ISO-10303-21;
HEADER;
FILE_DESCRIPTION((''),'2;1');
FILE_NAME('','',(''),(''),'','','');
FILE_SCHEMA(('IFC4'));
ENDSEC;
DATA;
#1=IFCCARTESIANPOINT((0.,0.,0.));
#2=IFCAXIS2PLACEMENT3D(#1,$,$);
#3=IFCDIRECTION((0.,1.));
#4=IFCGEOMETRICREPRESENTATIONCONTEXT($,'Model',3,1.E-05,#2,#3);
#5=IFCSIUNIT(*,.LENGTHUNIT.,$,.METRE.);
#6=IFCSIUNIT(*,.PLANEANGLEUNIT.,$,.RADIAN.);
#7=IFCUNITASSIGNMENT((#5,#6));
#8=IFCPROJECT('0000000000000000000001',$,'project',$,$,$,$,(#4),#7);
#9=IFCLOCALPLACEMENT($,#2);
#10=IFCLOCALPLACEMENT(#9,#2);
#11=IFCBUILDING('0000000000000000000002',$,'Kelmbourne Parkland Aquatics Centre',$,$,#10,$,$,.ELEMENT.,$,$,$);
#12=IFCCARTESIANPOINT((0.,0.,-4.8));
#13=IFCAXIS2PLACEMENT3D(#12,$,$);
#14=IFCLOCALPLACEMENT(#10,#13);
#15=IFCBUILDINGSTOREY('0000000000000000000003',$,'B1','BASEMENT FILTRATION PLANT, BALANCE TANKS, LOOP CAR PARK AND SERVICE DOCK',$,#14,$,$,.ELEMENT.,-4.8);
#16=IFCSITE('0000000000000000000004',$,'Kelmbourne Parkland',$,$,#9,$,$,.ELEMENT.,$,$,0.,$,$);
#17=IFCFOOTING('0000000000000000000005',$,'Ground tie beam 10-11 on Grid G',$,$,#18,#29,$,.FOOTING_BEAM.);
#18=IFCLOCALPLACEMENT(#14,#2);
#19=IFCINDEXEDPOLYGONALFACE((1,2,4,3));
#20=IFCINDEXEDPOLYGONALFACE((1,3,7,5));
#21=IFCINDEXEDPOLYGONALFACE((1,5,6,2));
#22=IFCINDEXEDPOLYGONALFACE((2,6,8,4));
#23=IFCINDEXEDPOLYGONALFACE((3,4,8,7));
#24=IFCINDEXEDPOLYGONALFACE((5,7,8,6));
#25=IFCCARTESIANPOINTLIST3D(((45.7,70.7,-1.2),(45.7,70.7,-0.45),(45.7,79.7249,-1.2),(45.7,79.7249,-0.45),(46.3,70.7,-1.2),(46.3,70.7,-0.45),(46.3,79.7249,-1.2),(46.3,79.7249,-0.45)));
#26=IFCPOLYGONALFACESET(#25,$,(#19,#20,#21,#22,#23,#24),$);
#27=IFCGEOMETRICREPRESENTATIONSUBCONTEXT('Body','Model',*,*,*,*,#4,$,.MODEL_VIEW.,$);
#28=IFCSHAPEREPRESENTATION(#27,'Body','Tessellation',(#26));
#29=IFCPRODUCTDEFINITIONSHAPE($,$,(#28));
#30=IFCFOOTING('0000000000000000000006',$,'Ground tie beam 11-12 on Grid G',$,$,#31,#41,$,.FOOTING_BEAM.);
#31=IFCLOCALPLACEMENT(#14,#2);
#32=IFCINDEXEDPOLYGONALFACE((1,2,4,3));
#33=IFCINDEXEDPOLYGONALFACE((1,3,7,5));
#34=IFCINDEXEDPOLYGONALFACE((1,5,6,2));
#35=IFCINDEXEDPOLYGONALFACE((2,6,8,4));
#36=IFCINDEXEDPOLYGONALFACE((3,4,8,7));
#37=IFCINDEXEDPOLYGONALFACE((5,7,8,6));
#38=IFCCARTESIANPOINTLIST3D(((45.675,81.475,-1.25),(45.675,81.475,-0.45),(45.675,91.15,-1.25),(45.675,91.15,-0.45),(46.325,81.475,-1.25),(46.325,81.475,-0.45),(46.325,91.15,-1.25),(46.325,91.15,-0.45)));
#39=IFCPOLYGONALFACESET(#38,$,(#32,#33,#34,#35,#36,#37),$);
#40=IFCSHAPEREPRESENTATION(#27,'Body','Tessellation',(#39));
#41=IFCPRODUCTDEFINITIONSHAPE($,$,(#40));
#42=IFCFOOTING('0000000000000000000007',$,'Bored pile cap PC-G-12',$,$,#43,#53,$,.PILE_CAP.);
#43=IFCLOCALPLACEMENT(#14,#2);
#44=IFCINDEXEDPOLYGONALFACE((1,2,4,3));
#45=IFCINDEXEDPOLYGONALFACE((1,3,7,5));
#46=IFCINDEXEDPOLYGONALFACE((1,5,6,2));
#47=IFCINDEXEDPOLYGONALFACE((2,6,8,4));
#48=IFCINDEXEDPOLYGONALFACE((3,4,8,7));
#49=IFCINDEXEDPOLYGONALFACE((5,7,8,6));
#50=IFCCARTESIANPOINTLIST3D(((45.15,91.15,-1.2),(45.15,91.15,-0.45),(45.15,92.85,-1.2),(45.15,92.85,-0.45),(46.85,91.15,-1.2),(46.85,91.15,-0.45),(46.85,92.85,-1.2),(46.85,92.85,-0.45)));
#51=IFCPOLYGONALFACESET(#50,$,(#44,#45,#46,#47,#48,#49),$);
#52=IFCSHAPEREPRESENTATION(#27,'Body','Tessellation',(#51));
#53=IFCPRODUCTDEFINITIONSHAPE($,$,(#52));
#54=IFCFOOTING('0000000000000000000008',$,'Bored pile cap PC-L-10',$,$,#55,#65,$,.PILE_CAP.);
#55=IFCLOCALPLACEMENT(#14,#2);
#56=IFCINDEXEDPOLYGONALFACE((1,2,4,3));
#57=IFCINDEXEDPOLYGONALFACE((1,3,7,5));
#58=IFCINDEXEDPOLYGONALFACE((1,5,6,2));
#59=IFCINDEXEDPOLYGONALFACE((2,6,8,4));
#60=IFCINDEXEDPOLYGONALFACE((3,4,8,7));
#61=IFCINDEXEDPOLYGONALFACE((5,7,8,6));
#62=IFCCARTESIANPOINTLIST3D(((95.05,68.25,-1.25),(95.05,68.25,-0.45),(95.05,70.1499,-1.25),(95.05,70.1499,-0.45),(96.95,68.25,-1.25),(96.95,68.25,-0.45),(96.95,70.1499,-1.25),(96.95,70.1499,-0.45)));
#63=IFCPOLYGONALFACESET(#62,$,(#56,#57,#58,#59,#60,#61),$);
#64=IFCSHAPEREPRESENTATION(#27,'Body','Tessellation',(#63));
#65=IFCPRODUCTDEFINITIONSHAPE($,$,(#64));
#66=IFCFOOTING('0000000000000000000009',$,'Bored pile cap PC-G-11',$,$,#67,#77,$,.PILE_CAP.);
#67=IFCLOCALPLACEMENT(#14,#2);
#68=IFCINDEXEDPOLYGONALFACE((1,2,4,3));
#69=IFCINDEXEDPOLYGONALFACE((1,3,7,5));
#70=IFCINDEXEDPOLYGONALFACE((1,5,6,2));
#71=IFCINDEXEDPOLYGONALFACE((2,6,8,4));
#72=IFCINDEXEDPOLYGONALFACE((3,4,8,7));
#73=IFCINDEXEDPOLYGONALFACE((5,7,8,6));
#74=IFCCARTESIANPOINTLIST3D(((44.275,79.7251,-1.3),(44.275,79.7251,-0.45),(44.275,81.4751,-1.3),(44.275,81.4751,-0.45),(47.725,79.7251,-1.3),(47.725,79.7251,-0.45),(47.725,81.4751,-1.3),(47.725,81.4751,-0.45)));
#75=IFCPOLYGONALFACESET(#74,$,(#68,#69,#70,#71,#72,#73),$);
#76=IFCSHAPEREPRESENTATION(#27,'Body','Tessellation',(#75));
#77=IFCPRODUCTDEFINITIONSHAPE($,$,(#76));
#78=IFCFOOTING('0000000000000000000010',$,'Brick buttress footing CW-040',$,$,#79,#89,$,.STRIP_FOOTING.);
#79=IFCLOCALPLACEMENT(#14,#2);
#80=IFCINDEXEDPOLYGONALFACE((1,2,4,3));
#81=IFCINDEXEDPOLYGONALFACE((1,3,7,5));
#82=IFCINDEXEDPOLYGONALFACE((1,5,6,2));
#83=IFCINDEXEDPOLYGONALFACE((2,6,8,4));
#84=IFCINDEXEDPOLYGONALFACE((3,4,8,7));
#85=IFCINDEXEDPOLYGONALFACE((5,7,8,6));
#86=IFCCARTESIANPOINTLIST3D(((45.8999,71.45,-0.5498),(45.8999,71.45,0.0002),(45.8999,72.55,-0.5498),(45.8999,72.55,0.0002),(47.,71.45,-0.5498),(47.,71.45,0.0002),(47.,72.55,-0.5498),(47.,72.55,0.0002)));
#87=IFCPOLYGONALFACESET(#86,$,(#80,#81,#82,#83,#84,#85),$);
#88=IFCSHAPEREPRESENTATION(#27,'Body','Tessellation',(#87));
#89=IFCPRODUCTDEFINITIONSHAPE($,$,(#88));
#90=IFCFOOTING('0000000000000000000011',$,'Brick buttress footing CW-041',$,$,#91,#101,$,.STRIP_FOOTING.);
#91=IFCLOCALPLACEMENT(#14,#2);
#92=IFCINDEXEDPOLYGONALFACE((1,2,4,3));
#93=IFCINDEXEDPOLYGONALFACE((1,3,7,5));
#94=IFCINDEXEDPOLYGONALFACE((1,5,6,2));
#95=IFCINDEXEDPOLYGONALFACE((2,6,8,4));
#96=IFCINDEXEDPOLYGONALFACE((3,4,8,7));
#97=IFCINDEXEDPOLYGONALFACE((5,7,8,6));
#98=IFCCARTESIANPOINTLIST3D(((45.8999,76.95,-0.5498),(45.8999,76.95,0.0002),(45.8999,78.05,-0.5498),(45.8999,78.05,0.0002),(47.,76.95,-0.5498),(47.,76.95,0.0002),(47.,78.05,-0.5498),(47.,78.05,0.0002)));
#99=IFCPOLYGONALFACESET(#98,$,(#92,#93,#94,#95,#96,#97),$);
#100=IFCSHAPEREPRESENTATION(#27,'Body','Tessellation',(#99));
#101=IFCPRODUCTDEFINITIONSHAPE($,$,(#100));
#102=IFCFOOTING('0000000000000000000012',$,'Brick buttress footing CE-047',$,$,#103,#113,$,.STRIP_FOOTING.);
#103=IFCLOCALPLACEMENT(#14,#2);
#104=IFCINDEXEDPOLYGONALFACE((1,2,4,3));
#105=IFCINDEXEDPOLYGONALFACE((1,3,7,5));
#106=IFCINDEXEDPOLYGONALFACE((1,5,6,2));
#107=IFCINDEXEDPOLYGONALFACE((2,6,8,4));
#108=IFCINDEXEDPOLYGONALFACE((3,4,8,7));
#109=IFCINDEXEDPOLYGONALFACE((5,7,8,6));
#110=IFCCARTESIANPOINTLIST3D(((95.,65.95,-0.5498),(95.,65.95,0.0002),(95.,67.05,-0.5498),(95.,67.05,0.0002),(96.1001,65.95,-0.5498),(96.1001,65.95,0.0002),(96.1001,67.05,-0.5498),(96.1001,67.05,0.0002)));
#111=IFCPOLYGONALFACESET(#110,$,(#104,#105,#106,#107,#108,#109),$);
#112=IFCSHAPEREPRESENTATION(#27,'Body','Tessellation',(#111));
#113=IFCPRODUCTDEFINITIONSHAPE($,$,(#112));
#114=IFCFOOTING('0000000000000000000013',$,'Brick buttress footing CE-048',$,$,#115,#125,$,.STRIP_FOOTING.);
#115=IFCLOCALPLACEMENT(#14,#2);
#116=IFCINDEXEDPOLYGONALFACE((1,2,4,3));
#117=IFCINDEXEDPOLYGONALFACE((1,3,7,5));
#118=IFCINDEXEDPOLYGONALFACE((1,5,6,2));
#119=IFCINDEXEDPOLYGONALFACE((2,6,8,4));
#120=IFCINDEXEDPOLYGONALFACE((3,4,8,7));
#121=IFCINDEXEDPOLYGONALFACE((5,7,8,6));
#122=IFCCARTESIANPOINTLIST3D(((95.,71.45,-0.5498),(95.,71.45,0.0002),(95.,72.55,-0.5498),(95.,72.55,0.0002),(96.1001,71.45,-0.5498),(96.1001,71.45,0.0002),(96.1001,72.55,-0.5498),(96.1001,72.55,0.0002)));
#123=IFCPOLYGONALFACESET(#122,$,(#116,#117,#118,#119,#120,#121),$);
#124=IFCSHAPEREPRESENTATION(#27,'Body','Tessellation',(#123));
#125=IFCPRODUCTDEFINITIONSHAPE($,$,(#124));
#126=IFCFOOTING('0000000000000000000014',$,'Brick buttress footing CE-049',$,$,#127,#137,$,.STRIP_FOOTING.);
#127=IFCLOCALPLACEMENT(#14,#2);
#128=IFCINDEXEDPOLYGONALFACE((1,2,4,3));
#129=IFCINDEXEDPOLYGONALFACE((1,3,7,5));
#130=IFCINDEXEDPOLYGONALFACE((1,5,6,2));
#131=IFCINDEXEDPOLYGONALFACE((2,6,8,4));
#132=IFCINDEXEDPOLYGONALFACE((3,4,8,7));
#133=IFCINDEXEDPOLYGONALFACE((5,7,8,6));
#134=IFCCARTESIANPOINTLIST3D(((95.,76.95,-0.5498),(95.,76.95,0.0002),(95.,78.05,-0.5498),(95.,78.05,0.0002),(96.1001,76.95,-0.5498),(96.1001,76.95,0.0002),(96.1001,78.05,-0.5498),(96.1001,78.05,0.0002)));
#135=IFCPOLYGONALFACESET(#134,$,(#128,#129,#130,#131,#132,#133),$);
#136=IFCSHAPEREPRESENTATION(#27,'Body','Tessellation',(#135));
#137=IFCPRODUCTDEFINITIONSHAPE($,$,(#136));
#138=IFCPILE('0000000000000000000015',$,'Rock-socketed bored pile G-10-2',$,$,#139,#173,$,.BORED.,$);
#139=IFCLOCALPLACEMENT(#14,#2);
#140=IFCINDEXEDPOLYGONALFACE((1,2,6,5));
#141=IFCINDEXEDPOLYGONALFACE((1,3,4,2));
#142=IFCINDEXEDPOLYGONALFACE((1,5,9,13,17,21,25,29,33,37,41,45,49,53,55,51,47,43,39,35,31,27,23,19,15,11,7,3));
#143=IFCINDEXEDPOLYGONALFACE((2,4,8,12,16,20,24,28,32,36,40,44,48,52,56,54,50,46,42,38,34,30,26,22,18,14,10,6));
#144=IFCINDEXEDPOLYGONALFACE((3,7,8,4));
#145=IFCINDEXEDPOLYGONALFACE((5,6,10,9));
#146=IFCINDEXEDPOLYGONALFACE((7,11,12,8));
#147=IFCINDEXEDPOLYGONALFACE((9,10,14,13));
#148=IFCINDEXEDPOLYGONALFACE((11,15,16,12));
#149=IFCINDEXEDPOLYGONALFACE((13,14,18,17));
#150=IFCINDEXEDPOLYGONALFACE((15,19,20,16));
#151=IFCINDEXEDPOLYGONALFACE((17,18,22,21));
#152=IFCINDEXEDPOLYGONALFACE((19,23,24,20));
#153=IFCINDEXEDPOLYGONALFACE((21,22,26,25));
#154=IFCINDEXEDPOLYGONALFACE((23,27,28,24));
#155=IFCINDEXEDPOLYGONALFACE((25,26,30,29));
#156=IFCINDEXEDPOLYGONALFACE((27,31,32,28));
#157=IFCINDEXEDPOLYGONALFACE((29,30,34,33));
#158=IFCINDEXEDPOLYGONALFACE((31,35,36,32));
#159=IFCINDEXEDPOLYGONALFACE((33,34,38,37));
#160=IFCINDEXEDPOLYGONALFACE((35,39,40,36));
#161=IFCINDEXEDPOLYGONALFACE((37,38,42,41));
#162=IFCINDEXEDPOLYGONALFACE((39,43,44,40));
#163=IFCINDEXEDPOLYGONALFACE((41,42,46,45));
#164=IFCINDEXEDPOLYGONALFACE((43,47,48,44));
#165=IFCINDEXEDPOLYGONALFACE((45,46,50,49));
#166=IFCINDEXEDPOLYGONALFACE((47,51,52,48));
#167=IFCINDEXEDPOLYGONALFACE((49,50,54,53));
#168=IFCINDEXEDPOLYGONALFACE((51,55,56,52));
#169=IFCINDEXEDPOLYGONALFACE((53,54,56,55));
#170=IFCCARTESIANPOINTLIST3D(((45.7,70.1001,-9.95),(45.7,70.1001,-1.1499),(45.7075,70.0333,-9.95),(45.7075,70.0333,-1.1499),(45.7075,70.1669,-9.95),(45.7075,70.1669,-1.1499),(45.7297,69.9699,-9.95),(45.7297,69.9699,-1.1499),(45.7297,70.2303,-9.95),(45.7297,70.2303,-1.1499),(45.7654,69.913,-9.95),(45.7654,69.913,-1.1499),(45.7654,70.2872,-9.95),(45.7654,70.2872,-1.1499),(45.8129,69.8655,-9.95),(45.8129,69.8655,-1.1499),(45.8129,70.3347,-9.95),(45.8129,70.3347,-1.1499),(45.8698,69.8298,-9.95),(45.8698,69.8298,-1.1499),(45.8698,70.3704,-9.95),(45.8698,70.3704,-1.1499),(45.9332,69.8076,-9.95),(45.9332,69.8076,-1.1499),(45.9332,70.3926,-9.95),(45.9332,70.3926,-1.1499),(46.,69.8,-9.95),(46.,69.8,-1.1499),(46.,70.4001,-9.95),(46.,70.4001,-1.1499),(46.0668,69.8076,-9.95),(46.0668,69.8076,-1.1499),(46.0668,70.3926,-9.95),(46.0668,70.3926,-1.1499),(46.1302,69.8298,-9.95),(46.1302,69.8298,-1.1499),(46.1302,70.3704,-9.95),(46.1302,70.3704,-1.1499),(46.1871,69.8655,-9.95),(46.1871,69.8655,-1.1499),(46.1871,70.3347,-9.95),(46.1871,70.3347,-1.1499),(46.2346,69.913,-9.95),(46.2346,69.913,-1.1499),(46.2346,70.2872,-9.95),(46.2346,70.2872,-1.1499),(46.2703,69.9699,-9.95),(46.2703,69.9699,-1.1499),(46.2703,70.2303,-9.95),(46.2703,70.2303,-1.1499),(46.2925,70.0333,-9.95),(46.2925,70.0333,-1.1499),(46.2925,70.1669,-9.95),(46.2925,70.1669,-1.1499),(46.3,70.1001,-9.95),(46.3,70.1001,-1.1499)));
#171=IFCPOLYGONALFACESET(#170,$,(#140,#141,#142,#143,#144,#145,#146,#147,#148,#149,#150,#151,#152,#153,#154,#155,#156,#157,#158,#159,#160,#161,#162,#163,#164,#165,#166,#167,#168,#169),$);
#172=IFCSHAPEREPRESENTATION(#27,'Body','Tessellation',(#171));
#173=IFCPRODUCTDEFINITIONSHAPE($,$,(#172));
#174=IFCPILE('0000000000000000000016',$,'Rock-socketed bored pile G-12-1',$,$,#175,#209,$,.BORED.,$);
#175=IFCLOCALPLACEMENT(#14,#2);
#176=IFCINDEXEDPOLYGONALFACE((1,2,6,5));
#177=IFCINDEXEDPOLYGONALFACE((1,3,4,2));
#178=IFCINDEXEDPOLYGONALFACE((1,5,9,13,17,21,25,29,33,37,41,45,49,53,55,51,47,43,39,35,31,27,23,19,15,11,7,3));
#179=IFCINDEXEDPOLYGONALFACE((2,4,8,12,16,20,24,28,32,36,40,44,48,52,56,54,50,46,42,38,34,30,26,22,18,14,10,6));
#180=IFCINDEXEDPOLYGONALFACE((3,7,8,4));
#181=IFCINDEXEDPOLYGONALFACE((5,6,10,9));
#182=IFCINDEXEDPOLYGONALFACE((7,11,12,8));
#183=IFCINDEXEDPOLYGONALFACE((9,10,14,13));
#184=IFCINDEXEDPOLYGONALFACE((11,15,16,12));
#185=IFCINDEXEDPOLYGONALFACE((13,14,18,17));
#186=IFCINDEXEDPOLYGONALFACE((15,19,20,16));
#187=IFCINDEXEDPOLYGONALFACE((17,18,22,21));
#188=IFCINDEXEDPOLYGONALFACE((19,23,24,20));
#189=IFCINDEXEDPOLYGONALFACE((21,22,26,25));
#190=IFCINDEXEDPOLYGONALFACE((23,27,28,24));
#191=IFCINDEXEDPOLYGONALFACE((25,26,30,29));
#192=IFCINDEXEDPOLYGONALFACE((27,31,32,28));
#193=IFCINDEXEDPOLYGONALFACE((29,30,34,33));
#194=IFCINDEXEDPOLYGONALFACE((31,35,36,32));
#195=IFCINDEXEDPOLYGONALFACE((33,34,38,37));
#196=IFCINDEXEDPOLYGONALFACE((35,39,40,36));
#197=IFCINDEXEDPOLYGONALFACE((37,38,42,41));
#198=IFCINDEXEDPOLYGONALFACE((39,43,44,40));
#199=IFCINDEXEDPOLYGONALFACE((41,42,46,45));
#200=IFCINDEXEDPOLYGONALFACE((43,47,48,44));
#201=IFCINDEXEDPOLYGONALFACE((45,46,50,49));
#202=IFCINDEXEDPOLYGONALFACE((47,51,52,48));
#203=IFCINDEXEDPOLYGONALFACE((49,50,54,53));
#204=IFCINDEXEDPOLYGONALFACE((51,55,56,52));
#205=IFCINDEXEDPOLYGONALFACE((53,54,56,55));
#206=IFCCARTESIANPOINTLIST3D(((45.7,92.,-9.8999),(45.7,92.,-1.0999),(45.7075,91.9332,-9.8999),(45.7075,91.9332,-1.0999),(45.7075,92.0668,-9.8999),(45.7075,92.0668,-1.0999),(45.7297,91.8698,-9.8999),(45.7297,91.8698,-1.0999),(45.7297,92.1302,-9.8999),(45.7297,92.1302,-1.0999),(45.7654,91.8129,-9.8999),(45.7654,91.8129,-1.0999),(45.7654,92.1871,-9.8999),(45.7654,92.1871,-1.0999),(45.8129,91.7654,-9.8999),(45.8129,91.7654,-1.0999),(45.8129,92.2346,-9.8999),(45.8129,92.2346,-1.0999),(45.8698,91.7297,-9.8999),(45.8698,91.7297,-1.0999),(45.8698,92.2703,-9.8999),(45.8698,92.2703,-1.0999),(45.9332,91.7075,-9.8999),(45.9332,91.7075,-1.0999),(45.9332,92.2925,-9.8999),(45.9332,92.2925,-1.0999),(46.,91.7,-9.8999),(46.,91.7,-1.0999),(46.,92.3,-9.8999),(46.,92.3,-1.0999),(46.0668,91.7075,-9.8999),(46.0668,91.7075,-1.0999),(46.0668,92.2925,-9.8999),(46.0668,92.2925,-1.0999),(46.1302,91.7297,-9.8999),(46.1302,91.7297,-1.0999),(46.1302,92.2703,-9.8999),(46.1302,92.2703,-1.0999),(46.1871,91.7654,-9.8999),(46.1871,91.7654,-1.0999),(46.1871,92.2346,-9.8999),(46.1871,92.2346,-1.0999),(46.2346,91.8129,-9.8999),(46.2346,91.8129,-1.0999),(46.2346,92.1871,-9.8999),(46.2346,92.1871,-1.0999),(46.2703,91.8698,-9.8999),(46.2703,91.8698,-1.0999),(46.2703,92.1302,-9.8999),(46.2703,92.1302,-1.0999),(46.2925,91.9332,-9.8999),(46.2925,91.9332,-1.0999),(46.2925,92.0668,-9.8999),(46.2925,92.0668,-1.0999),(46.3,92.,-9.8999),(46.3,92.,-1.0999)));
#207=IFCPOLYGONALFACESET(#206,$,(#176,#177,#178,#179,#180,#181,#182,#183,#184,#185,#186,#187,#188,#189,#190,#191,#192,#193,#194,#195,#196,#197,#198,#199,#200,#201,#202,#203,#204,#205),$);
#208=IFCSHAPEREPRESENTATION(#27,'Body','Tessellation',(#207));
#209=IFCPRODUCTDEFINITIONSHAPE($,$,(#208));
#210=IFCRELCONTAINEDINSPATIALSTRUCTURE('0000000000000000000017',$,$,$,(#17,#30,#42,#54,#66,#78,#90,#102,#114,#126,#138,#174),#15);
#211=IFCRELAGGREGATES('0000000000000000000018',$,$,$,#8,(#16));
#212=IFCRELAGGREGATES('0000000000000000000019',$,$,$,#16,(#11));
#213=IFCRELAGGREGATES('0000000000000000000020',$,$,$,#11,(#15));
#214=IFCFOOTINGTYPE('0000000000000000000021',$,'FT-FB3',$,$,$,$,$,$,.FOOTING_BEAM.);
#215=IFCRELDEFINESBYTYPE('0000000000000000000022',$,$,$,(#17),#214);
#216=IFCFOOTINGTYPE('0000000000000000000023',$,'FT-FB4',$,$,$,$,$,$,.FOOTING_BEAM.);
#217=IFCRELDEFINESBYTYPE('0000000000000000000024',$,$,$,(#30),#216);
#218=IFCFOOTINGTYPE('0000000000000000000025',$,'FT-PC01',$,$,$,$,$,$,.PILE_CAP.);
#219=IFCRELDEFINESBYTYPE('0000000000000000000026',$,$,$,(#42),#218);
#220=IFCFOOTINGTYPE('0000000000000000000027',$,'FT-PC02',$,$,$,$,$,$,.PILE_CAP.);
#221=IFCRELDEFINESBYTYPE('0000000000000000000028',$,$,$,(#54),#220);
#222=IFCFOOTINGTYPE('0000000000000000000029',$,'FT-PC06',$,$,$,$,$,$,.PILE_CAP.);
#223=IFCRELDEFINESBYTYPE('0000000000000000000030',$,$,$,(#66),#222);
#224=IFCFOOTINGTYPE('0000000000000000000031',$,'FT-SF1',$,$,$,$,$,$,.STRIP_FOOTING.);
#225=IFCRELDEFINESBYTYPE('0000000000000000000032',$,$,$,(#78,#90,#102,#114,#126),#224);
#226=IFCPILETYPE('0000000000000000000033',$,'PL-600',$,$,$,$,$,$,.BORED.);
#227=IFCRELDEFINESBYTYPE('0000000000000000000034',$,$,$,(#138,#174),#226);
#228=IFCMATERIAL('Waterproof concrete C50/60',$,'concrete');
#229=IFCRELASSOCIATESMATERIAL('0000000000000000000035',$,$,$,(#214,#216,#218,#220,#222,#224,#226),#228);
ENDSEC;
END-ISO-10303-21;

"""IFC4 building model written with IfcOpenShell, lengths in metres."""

from ifc_helpers import new_model, si_unit, direction, frame, origin, origin_2d, place, context, subcontext, project, spatial, rectangle, circle, extrude, material, material_profile, profile_set, type_object, element, save


model = new_model("IFC4")

# Units and contexts
model_context = context("Model", 3, precision=1e-05, world=origin(), true_north=direction((0.0, 1.0)))
body_context = subcontext(model_context, "Body", "Model", "MODEL_VIEW")
ifc_project = project(units=[si_unit("LENGTHUNIT", "METRE"), si_unit("PLANEANGLEUNIT", "RADIAN")], contexts=[model_context])

# Site, building, storey
site_placement = place(None, origin())
site = spatial("IfcSite", under=ifc_project, at=site_placement, Name="Kelmbourne Parkland", CompositionType="ELEMENT", RefElevation=0.0)
building_placement = place(site_placement, origin())
building = spatial("IfcBuilding", under=site, at=building_placement, Name="Kelmbourne Parkland Aquatics Centre", CompositionType="ELEMENT")
storey_placement = place(building_placement, frame((0.0, 0.0, -4.8)))
storey = spatial("IfcBuildingStorey", under=building, at=storey_placement, Name="B1", Description="BASEMENT FILTRATION PLANT, BALANCE TANKS, LOOP CAR PARK AND SERVICE DOCK", CompositionType="ELEMENT", Elevation=-4.8)

# Footings
ifc_material_1 = material(Name="Waterproof concrete C50/60", Category="concrete")
footing_type_1 = type_object("IfcFootingType", Name="FT-FB3", PredefinedType="FOOTING_BEAM", material=ifc_material_1)
footing_1_placement = place(storey_placement, frame((46.0, 75.2124, -1.2), z_axis=(0.0, 0.0, 1.0), x_axis=(0.0, 1.0, 0.0)))
element("IfcFooting", 1, at=footing_1_placement, inside=storey, type_object=footing_type_1, Name="Ground tie beam 10-11 on Grid G", PredefinedType="FOOTING_BEAM", context=body_context, shape_type="SweptSolid", body=[
    extrude(rectangle(XDim=9.0249, YDim=0.6001, at=origin_2d()), origin(), (0.0, 0.0, 1.0), 0.75),
])
footing_type_2 = type_object("IfcFootingType", Name="FT-FB4", PredefinedType="FOOTING_BEAM", material=ifc_material_1)
footing_2_placement = place(storey_placement, frame((46.0, 86.3125, -1.25), z_axis=(0.0, 0.0, 1.0), x_axis=(0.0, 1.0, 0.0)))
element("IfcFooting", 2, at=footing_2_placement, inside=storey, type_object=footing_type_2, Name="Ground tie beam 11-12 on Grid G", PredefinedType="FOOTING_BEAM", context=body_context, shape_type="SweptSolid", body=[
    extrude(rectangle(XDim=9.675, YDim=0.6499, at=origin_2d()), origin(), (0.0, 0.0, 1.0), 0.8),
])
footing_type_3 = type_object("IfcFootingType", Name="FT-PC01", PredefinedType="PILE_CAP", material=ifc_material_1)
footing_3_placement = place(storey_placement, frame((46.0, 92.0, -1.2), z_axis=(0.0, 0.0, 1.0), x_axis=(1.0, 0.0, 0.0)))
element("IfcFooting", 3, at=footing_3_placement, inside=storey, type_object=footing_type_3, Name="Bored pile cap PC-G-12", PredefinedType="PILE_CAP", context=body_context, shape_type="SweptSolid", body=[
    extrude(rectangle(XDim=1.7, YDim=1.7, at=origin_2d()), origin(), (0.0, 0.0, 1.0), 0.75),
])
footing_type_4 = type_object("IfcFootingType", Name="FT-PC02", PredefinedType="PILE_CAP", material=ifc_material_1)
footing_4_placement = place(storey_placement, frame((96.0, 69.2, -1.25), z_axis=(0.0, 0.0, 1.0), x_axis=(1.0, 0.0, 0.0)))
element("IfcFooting", 4, at=footing_4_placement, inside=storey, type_object=footing_type_4, Name="Bored pile cap PC-L-10", PredefinedType="PILE_CAP", context=body_context, shape_type="SweptSolid", body=[
    extrude(rectangle(XDim=1.8999, YDim=1.8999, at=origin_2d()), origin(), (0.0, 0.0, 1.0), 0.8),
])
footing_type_5 = type_object("IfcFootingType", Name="FT-PC06", PredefinedType="PILE_CAP", material=ifc_material_1)
footing_5_placement = place(storey_placement, frame((46.0, 80.6001, -1.3), z_axis=(0.0, 0.0, 1.0), x_axis=(1.0, 0.0, 0.0)))
element("IfcFooting", 5, at=footing_5_placement, inside=storey, type_object=footing_type_5, Name="Bored pile cap PC-G-11", PredefinedType="PILE_CAP", context=body_context, shape_type="SweptSolid", body=[
    extrude(rectangle(XDim=3.45, YDim=1.75, at=origin_2d()), origin(), (0.0, 0.0, 1.0), 0.8501),
])
footing_type_6 = type_object("IfcFootingType", Name="FT-SF1", PredefinedType="STRIP_FOOTING", material=ifc_material_1)
for number, where, z_axis, x_axis, name in (
    (6, (46.45, 72.0, -0.5498), (0.0, 0.0, 1.0), (1.0, 0.0, 0.0), "Brick buttress footing CW-040"),
    (7, (46.45, 77.5, -0.5498), (0.0, 0.0, 1.0), (1.0, 0.0, 0.0), "Brick buttress footing CW-041"),
    (8, (95.55, 66.5, -0.5498), (0.0, 0.0, 1.0), (1.0, 0.0, 0.0), "Brick buttress footing CE-047"),
    (9, (95.55, 72.0, -0.5498), (0.0, 0.0, 1.0), (1.0, 0.0, 0.0), "Brick buttress footing CE-048"),
    (10, (95.55, 77.5, -0.5498), (0.0, 0.0, 1.0), (1.0, 0.0, 0.0), "Brick buttress footing CE-049"),
):
    element("IfcFooting", number, at=place(storey_placement, frame(where, z_axis=z_axis, x_axis=x_axis)), inside=storey, type_object=footing_type_6, Name=name, PredefinedType="STRIP_FOOTING", context=body_context, shape_type="SweptSolid", body=[
        extrude(rectangle(XDim=1.1001, YDim=1.1001, at=origin_2d()), origin(), (0.0, 0.0, 1.0), 0.55),
    ])

# Piles
ifc_material_profile_1 = material_profile(ifc_material_1, circle(Radius=0.3, at=origin_2d()), Name="PILE D600")
ifc_profile_set_1 = profile_set([ifc_material_profile_1], Name="Waterproof concrete C50/60")
pile_type_1 = type_object("IfcPileType", Name="PL-600", PredefinedType="BORED", material=ifc_profile_set_1)
for number, where, z_axis, x_axis, name in (
    (11, (46.0, 70.1001, -1.1499), (0.0, 0.0, -1.0), (1.0, 0.0, 0.0), "Rock-socketed bored pile G-10-2"),
    (12, (46.0, 92.0, -1.0999), (0.0, 0.0, -1.0), (1.0, 0.0, 0.0), "Rock-socketed bored pile G-12-1"),
):
    element("IfcPile", number, at=place(storey_placement, frame(where, z_axis=z_axis, x_axis=x_axis)), inside=storey, type_object=pile_type_1, Name=name, PredefinedType="BORED", context=body_context, shape_type="SweptSolid", body=[
        extrude(circle(Radius=0.3, at=origin_2d()), origin(), (0.0, 0.0, 1.0), 8.8),
    ])

save(model, "model.ifc")
